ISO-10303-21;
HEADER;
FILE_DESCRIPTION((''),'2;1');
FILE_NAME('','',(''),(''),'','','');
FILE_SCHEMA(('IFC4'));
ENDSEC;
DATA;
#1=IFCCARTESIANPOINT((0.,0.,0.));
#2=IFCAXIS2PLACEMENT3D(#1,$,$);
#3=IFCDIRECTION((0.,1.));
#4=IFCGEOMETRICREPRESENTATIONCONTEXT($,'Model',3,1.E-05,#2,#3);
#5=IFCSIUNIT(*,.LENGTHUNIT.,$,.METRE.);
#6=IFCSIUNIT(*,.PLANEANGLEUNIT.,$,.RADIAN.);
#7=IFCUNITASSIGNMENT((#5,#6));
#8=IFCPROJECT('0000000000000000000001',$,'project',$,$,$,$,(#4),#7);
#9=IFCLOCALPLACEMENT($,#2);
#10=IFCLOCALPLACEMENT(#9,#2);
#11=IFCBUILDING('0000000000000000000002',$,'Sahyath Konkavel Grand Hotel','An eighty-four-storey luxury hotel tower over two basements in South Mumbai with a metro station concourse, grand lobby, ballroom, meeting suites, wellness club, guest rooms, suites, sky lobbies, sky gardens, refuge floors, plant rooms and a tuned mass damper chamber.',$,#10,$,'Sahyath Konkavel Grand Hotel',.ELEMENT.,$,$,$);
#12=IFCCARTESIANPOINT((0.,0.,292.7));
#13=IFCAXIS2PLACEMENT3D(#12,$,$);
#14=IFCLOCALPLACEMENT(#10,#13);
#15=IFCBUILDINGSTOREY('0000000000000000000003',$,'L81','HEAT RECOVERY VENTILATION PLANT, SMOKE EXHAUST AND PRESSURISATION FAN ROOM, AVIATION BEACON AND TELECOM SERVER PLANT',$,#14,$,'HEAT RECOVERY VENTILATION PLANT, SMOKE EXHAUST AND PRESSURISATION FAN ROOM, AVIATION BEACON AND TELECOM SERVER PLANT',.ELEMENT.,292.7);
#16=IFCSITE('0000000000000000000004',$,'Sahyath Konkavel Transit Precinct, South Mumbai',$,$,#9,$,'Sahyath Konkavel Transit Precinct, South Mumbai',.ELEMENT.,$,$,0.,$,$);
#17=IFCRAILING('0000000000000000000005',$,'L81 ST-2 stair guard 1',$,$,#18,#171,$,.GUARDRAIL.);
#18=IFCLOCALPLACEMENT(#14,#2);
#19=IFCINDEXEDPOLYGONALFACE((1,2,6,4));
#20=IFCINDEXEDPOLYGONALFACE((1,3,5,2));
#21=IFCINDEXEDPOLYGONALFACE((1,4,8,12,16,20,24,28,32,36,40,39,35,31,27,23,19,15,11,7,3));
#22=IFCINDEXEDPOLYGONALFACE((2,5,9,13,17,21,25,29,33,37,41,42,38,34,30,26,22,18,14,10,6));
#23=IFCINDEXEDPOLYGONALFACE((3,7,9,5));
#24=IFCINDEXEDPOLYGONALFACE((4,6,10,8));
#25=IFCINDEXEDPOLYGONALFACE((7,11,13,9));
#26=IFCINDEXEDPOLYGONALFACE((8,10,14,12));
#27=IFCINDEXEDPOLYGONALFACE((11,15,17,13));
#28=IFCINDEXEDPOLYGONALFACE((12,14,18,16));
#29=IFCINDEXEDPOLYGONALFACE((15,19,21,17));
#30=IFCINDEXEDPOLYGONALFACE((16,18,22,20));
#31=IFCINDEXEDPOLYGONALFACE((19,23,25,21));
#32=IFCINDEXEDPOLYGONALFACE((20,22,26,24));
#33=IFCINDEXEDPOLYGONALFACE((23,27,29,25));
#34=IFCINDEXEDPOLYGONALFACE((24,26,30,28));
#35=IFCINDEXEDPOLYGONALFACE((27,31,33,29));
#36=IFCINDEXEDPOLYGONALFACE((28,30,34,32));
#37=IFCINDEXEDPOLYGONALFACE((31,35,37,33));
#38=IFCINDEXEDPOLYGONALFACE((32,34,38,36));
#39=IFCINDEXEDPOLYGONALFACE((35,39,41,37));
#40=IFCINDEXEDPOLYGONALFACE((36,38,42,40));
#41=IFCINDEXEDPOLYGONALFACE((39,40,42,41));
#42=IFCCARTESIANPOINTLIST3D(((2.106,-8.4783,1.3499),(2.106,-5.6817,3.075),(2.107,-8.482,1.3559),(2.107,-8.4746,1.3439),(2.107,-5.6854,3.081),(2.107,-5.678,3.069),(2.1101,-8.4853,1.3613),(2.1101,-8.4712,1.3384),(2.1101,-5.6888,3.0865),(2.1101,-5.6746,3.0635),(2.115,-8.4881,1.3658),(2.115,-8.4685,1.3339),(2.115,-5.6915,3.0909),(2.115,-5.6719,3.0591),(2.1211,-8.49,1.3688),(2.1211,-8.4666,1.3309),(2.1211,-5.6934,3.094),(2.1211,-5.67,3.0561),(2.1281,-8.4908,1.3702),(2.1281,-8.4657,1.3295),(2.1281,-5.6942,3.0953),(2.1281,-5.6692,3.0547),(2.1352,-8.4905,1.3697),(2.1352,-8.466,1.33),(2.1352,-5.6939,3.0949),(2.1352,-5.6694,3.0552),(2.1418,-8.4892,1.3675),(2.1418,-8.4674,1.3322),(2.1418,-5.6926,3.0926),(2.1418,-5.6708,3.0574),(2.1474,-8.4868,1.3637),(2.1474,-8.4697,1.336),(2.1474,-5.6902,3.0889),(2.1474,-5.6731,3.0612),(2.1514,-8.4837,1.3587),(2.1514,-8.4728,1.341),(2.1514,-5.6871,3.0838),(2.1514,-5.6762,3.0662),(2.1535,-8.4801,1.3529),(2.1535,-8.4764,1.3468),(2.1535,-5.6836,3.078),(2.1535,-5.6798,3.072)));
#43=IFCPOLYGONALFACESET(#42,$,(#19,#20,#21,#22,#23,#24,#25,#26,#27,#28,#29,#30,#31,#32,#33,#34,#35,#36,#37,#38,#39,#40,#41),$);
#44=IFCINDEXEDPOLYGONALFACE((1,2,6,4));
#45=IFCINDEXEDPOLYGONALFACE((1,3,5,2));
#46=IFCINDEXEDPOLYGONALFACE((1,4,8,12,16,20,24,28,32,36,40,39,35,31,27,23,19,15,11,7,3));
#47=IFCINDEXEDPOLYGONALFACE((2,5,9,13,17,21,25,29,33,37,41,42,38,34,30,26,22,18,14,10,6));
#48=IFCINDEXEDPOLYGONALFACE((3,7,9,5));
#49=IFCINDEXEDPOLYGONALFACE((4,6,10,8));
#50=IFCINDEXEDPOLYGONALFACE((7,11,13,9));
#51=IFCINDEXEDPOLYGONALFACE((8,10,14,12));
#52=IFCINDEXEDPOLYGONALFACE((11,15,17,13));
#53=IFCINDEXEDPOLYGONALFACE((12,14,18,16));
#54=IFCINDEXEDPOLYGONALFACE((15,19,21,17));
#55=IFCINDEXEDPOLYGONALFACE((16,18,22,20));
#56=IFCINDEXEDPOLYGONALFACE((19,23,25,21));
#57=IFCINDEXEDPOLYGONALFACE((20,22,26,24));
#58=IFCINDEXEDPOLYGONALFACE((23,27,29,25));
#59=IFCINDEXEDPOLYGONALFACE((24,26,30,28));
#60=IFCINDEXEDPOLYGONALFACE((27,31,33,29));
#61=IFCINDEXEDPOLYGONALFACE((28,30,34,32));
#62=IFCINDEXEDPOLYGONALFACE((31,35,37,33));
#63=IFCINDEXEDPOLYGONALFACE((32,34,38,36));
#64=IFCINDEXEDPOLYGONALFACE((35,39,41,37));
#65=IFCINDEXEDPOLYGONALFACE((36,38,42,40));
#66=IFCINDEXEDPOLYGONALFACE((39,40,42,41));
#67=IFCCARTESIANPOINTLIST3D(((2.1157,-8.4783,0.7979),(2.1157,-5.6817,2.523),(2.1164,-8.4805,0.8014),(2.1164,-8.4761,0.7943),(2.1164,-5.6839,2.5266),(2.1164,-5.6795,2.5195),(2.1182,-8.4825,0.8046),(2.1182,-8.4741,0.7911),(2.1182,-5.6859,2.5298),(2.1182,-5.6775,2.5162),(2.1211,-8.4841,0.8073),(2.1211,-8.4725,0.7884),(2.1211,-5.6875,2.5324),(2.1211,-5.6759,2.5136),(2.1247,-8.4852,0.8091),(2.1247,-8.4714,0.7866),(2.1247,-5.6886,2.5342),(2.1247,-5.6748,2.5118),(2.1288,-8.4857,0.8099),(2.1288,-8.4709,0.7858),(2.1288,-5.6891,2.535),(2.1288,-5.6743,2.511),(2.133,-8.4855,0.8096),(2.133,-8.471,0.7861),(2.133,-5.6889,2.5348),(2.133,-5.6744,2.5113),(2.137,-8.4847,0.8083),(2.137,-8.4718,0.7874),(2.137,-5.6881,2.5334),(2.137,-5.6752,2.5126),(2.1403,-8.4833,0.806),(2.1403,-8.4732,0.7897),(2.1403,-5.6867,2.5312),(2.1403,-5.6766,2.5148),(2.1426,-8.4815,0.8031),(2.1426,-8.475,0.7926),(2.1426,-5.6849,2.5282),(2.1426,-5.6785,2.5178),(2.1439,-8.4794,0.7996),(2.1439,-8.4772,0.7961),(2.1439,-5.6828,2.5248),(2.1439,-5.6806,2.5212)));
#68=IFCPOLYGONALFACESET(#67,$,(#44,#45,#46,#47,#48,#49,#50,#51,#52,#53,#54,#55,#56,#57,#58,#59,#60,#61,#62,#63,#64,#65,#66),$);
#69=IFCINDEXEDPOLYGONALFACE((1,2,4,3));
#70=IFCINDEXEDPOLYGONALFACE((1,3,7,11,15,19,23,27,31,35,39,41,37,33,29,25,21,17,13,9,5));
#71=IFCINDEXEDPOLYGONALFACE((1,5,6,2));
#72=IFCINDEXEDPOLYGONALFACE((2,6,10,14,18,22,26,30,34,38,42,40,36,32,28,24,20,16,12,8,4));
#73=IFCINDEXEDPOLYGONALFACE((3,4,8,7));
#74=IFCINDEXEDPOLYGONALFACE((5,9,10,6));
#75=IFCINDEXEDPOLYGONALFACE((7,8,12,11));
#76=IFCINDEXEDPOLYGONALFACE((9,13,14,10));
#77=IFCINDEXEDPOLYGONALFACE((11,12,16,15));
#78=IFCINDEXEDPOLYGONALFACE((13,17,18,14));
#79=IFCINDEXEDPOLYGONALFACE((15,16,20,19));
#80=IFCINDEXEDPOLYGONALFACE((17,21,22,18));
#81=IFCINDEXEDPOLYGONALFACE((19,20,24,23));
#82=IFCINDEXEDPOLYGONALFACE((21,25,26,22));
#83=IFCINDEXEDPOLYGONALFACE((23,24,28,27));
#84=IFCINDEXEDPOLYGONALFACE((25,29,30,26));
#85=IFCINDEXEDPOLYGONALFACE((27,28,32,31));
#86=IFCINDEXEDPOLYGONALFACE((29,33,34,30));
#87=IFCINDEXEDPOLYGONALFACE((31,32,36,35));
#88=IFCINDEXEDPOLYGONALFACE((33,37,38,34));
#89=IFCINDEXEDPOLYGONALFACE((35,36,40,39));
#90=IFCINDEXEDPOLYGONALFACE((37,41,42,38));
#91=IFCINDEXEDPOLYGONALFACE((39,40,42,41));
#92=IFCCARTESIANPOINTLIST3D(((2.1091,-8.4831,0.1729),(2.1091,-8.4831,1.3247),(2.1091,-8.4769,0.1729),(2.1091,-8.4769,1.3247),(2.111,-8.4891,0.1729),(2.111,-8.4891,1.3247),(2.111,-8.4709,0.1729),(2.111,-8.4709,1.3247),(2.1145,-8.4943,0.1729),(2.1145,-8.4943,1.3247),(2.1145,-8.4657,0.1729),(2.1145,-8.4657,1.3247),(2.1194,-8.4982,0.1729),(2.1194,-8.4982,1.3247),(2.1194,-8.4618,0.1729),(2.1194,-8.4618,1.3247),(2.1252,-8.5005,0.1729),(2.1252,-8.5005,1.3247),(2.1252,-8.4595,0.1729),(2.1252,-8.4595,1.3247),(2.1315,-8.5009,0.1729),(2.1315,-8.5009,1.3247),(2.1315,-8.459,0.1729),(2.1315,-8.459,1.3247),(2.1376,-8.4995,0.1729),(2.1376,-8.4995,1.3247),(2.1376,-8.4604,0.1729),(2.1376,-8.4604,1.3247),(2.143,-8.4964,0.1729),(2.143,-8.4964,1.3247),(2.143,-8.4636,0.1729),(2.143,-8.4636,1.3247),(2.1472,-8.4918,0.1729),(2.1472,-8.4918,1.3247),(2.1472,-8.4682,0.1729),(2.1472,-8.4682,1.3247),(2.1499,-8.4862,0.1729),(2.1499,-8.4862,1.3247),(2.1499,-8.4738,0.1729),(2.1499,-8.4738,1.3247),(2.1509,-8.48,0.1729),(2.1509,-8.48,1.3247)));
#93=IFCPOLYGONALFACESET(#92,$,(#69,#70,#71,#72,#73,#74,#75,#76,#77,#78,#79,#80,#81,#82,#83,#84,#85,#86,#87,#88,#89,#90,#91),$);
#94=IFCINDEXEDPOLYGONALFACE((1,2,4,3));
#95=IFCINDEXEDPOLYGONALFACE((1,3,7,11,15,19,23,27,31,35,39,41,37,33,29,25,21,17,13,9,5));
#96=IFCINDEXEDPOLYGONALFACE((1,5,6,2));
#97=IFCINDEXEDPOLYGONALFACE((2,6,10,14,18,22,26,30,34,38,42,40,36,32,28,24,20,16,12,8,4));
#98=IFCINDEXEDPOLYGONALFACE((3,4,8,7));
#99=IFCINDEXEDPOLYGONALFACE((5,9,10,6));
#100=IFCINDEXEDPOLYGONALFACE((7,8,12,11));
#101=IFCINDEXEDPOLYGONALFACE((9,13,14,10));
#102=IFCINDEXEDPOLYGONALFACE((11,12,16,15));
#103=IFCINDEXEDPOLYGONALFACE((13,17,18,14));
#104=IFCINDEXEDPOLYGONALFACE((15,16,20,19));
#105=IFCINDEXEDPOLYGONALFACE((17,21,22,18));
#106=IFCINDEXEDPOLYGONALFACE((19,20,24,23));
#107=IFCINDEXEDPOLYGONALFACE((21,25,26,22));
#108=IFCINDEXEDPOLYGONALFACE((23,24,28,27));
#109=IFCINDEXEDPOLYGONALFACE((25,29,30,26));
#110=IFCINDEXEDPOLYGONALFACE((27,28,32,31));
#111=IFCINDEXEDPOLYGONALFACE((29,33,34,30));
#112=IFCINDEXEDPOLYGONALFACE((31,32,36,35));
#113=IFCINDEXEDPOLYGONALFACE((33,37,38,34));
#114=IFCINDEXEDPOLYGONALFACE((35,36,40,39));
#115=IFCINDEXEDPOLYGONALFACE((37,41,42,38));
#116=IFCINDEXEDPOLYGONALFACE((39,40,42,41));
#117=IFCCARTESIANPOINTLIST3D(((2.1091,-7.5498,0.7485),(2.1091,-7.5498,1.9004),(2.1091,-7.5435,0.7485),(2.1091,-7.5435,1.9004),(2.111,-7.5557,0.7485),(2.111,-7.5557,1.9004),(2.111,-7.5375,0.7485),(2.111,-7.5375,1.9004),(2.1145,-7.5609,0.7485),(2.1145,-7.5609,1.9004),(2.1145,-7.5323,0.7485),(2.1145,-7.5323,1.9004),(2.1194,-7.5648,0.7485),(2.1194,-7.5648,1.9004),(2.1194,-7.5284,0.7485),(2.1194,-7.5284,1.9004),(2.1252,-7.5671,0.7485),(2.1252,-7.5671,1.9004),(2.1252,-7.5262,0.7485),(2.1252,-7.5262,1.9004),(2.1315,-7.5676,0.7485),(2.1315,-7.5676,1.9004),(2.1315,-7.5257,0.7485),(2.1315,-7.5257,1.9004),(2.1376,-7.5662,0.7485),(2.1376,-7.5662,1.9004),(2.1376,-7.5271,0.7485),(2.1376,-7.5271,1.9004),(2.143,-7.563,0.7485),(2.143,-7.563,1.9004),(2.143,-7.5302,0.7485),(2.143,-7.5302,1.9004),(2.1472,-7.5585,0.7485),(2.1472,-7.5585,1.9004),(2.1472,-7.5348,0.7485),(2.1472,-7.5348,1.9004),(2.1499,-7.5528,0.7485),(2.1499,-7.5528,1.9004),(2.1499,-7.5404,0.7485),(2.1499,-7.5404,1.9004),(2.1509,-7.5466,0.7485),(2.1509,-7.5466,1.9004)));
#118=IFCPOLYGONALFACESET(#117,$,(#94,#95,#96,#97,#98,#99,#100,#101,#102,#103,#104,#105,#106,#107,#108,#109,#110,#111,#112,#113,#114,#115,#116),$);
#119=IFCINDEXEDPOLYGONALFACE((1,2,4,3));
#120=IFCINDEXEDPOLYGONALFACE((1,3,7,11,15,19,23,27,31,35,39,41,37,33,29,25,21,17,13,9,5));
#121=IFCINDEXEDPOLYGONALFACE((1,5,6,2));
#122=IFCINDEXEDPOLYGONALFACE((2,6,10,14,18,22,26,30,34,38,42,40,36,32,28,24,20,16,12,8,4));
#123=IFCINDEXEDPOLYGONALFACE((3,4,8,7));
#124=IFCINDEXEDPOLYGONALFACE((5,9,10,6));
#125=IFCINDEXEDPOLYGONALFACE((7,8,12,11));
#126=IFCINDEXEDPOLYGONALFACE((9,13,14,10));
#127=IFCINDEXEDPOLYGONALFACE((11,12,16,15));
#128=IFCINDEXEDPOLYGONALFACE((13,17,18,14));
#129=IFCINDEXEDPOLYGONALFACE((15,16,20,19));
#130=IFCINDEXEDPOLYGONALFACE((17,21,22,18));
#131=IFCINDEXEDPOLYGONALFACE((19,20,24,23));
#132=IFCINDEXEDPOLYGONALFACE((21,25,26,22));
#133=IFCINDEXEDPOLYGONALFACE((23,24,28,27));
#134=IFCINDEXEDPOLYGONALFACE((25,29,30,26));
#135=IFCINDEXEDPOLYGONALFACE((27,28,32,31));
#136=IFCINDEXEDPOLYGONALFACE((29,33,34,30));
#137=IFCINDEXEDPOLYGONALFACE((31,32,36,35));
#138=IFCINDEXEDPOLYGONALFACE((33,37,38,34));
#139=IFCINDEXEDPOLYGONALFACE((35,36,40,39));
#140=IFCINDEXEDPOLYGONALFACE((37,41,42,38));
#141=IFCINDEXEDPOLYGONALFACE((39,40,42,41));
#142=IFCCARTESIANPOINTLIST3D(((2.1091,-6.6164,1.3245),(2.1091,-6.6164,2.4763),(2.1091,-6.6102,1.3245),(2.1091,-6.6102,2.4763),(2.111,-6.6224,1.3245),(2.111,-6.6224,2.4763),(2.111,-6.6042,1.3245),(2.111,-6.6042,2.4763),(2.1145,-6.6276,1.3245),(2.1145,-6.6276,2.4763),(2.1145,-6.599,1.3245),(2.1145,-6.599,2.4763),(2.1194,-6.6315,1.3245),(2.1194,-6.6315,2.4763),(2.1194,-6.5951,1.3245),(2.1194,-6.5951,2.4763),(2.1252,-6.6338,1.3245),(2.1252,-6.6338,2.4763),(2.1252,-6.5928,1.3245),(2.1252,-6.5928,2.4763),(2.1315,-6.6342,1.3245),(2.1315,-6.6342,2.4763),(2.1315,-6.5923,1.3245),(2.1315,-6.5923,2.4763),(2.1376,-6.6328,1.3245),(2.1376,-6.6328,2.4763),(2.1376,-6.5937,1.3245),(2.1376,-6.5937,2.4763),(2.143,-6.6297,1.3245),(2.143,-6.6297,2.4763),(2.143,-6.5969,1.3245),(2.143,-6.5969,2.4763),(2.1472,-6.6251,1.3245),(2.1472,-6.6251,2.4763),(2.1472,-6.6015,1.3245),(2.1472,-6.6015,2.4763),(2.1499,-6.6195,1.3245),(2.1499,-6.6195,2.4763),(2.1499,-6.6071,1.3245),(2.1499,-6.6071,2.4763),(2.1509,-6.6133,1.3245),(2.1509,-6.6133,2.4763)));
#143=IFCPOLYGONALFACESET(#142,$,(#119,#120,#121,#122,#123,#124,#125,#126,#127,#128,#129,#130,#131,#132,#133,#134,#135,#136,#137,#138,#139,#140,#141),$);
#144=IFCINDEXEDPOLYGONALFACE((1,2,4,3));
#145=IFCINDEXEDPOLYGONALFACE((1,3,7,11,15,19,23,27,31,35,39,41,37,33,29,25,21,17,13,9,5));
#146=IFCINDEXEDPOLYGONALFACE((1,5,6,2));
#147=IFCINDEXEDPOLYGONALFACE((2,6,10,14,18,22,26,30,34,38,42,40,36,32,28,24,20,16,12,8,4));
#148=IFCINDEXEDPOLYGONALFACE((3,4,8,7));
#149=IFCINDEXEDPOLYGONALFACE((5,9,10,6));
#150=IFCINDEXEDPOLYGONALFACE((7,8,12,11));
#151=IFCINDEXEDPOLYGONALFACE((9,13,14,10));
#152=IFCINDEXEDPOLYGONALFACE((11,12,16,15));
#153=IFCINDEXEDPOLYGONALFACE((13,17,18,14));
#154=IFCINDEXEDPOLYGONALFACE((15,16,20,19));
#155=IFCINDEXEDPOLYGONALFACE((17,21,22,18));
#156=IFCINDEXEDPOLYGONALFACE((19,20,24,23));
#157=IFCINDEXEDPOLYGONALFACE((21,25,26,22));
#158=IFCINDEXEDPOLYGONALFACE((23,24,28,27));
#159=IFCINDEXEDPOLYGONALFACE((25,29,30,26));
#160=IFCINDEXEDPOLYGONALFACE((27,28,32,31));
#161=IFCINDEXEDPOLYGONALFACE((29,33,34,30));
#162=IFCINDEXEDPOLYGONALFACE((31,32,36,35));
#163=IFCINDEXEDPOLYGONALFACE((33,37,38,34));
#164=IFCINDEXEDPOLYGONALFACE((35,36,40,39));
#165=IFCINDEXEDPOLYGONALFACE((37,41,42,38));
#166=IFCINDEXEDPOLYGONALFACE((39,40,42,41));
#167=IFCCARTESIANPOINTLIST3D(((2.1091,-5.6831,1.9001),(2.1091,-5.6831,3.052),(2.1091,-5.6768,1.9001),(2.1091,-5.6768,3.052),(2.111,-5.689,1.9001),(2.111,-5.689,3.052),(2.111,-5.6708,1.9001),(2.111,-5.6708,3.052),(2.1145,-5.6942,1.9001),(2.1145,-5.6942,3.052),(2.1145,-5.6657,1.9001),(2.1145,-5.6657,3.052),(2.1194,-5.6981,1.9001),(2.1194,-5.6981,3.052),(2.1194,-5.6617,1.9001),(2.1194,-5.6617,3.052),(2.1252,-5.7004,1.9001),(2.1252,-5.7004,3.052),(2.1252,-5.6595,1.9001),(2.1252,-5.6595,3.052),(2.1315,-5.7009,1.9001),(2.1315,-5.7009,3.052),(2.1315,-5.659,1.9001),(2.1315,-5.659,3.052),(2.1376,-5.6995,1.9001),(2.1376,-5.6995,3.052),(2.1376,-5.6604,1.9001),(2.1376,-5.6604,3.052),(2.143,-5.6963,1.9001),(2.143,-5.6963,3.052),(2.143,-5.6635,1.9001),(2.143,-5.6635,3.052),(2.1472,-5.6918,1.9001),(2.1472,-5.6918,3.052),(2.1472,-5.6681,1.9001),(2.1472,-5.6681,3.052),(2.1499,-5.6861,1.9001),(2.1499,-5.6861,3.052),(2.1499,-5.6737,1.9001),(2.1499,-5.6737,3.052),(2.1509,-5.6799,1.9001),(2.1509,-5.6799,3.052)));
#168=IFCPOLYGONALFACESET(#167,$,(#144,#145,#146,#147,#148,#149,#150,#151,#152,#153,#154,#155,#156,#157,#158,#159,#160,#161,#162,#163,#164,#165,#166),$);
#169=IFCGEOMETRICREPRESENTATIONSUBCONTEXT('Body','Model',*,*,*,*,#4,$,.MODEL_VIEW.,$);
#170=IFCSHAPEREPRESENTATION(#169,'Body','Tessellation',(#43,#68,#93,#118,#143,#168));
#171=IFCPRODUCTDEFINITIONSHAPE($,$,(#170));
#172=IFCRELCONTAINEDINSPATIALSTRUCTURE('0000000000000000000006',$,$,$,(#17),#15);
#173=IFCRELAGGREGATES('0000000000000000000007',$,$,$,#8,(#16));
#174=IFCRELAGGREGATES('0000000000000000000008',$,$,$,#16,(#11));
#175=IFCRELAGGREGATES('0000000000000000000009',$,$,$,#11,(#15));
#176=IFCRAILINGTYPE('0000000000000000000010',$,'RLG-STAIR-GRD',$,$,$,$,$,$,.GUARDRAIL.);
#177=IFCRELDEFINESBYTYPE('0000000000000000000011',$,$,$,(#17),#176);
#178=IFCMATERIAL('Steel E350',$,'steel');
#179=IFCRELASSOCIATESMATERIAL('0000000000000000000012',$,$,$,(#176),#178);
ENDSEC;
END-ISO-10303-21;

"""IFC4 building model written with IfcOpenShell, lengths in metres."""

from ifc_helpers import new_model, si_unit, direction, frame, origin, origin_2d, place, context, subcontext, project, spatial, circle, extrude, material, type_object, element, save


model = new_model("IFC4")

# Units and contexts
model_context = context("Model", 3, precision=1e-05, world=origin(), true_north=direction((0.0, 1.0)))
body_context = subcontext(model_context, "Body", "Model", "MODEL_VIEW")
ifc_project = project(units=[si_unit("LENGTHUNIT", "METRE"), si_unit("PLANEANGLEUNIT", "RADIAN")], contexts=[model_context])

# Site, building, storey
site_placement = place(None, origin())
site = spatial("IfcSite", under=ifc_project, at=site_placement, Name="Sahyath Konkavel Transit Precinct, South Mumbai", LongName="Sahyath Konkavel Transit Precinct, South Mumbai", CompositionType="ELEMENT", RefElevation=0.0)
building_placement = place(site_placement, origin())
building = spatial("IfcBuilding", under=site, at=building_placement, Name="Sahyath Konkavel Grand Hotel", Description="An eighty-four-storey luxury hotel tower over two basements in South Mumbai with a metro station concourse, grand lobby, ballroom, meeting suites, wellness club, guest rooms, suites, sky lobbies, sky gardens, refuge floors, plant rooms and a tuned mass damper chamber.", LongName="Sahyath Konkavel Grand Hotel", CompositionType="ELEMENT")
storey_placement = place(building_placement, frame((0.0, 0.0, 292.7)))
storey = spatial("IfcBuildingStorey", under=building, at=storey_placement, Name="L81", Description="HEAT RECOVERY VENTILATION PLANT, SMOKE EXHAUST AND PRESSURISATION FAN ROOM, AVIATION BEACON AND TELECOM SERVER PLANT", LongName="HEAT RECOVERY VENTILATION PLANT, SMOKE EXHAUST AND PRESSURISATION FAN ROOM, AVIATION BEACON AND TELECOM SERVER PLANT", CompositionType="ELEMENT", Elevation=292.7)

# Shared definitions
ifc_material_1 = material(Name="Steel E350", Category="steel")

# Railing
railing_type_1 = type_object("IfcRailingType", Name="RLG-STAIR-GRD", PredefinedType="GUARDRAIL", material=ifc_material_1)
railing_1_placement = place(storey_placement, frame((2.1299, -8.48, 0.1729)))
element("IfcRailing", 1, at=railing_1_placement, inside=storey, type_object=railing_type_1, Name="L81 ST-2 stair guard 1", PredefinedType="GUARDRAIL", context=body_context, shape_type="SweptSolid", body=[
    extrude(circle(Radius=0.0239, at=origin_2d()), frame((0.0, 0.0017, 1.177), z_axis=(0.0, 0.85109, 0.52502), x_axis=(-1.0, 0.0, 0.0)), (0.0, 0.0, 1.0), 3.2859),
    extrude(circle(Radius=0.0142, at=origin_2d()), frame((0.0, 0.0017, 0.625), z_axis=(0.0, 0.85109, 0.52502), x_axis=(-1.0, 0.0, 0.0)), (0.0, 0.0, 1.0), 3.2859),
    extrude(circle(Radius=0.021, at=origin_2d()), origin(), (0.0, 0.0, 1.0), 1.1519),
    extrude(circle(Radius=0.021, at=origin_2d()), frame((0.0, 0.9333, 0.5757)), (0.0, 0.0, 1.0), 1.1519),
    extrude(circle(Radius=0.021, at=origin_2d()), frame((0.0, 1.8667, 1.1516)), (0.0, 0.0, 1.0), 1.1519),
    extrude(circle(Radius=0.021, at=origin_2d()), frame((0.0, 2.8, 1.7273)), (0.0, 0.0, 1.0), 1.1519),
])

save(model, "model.ifc")
